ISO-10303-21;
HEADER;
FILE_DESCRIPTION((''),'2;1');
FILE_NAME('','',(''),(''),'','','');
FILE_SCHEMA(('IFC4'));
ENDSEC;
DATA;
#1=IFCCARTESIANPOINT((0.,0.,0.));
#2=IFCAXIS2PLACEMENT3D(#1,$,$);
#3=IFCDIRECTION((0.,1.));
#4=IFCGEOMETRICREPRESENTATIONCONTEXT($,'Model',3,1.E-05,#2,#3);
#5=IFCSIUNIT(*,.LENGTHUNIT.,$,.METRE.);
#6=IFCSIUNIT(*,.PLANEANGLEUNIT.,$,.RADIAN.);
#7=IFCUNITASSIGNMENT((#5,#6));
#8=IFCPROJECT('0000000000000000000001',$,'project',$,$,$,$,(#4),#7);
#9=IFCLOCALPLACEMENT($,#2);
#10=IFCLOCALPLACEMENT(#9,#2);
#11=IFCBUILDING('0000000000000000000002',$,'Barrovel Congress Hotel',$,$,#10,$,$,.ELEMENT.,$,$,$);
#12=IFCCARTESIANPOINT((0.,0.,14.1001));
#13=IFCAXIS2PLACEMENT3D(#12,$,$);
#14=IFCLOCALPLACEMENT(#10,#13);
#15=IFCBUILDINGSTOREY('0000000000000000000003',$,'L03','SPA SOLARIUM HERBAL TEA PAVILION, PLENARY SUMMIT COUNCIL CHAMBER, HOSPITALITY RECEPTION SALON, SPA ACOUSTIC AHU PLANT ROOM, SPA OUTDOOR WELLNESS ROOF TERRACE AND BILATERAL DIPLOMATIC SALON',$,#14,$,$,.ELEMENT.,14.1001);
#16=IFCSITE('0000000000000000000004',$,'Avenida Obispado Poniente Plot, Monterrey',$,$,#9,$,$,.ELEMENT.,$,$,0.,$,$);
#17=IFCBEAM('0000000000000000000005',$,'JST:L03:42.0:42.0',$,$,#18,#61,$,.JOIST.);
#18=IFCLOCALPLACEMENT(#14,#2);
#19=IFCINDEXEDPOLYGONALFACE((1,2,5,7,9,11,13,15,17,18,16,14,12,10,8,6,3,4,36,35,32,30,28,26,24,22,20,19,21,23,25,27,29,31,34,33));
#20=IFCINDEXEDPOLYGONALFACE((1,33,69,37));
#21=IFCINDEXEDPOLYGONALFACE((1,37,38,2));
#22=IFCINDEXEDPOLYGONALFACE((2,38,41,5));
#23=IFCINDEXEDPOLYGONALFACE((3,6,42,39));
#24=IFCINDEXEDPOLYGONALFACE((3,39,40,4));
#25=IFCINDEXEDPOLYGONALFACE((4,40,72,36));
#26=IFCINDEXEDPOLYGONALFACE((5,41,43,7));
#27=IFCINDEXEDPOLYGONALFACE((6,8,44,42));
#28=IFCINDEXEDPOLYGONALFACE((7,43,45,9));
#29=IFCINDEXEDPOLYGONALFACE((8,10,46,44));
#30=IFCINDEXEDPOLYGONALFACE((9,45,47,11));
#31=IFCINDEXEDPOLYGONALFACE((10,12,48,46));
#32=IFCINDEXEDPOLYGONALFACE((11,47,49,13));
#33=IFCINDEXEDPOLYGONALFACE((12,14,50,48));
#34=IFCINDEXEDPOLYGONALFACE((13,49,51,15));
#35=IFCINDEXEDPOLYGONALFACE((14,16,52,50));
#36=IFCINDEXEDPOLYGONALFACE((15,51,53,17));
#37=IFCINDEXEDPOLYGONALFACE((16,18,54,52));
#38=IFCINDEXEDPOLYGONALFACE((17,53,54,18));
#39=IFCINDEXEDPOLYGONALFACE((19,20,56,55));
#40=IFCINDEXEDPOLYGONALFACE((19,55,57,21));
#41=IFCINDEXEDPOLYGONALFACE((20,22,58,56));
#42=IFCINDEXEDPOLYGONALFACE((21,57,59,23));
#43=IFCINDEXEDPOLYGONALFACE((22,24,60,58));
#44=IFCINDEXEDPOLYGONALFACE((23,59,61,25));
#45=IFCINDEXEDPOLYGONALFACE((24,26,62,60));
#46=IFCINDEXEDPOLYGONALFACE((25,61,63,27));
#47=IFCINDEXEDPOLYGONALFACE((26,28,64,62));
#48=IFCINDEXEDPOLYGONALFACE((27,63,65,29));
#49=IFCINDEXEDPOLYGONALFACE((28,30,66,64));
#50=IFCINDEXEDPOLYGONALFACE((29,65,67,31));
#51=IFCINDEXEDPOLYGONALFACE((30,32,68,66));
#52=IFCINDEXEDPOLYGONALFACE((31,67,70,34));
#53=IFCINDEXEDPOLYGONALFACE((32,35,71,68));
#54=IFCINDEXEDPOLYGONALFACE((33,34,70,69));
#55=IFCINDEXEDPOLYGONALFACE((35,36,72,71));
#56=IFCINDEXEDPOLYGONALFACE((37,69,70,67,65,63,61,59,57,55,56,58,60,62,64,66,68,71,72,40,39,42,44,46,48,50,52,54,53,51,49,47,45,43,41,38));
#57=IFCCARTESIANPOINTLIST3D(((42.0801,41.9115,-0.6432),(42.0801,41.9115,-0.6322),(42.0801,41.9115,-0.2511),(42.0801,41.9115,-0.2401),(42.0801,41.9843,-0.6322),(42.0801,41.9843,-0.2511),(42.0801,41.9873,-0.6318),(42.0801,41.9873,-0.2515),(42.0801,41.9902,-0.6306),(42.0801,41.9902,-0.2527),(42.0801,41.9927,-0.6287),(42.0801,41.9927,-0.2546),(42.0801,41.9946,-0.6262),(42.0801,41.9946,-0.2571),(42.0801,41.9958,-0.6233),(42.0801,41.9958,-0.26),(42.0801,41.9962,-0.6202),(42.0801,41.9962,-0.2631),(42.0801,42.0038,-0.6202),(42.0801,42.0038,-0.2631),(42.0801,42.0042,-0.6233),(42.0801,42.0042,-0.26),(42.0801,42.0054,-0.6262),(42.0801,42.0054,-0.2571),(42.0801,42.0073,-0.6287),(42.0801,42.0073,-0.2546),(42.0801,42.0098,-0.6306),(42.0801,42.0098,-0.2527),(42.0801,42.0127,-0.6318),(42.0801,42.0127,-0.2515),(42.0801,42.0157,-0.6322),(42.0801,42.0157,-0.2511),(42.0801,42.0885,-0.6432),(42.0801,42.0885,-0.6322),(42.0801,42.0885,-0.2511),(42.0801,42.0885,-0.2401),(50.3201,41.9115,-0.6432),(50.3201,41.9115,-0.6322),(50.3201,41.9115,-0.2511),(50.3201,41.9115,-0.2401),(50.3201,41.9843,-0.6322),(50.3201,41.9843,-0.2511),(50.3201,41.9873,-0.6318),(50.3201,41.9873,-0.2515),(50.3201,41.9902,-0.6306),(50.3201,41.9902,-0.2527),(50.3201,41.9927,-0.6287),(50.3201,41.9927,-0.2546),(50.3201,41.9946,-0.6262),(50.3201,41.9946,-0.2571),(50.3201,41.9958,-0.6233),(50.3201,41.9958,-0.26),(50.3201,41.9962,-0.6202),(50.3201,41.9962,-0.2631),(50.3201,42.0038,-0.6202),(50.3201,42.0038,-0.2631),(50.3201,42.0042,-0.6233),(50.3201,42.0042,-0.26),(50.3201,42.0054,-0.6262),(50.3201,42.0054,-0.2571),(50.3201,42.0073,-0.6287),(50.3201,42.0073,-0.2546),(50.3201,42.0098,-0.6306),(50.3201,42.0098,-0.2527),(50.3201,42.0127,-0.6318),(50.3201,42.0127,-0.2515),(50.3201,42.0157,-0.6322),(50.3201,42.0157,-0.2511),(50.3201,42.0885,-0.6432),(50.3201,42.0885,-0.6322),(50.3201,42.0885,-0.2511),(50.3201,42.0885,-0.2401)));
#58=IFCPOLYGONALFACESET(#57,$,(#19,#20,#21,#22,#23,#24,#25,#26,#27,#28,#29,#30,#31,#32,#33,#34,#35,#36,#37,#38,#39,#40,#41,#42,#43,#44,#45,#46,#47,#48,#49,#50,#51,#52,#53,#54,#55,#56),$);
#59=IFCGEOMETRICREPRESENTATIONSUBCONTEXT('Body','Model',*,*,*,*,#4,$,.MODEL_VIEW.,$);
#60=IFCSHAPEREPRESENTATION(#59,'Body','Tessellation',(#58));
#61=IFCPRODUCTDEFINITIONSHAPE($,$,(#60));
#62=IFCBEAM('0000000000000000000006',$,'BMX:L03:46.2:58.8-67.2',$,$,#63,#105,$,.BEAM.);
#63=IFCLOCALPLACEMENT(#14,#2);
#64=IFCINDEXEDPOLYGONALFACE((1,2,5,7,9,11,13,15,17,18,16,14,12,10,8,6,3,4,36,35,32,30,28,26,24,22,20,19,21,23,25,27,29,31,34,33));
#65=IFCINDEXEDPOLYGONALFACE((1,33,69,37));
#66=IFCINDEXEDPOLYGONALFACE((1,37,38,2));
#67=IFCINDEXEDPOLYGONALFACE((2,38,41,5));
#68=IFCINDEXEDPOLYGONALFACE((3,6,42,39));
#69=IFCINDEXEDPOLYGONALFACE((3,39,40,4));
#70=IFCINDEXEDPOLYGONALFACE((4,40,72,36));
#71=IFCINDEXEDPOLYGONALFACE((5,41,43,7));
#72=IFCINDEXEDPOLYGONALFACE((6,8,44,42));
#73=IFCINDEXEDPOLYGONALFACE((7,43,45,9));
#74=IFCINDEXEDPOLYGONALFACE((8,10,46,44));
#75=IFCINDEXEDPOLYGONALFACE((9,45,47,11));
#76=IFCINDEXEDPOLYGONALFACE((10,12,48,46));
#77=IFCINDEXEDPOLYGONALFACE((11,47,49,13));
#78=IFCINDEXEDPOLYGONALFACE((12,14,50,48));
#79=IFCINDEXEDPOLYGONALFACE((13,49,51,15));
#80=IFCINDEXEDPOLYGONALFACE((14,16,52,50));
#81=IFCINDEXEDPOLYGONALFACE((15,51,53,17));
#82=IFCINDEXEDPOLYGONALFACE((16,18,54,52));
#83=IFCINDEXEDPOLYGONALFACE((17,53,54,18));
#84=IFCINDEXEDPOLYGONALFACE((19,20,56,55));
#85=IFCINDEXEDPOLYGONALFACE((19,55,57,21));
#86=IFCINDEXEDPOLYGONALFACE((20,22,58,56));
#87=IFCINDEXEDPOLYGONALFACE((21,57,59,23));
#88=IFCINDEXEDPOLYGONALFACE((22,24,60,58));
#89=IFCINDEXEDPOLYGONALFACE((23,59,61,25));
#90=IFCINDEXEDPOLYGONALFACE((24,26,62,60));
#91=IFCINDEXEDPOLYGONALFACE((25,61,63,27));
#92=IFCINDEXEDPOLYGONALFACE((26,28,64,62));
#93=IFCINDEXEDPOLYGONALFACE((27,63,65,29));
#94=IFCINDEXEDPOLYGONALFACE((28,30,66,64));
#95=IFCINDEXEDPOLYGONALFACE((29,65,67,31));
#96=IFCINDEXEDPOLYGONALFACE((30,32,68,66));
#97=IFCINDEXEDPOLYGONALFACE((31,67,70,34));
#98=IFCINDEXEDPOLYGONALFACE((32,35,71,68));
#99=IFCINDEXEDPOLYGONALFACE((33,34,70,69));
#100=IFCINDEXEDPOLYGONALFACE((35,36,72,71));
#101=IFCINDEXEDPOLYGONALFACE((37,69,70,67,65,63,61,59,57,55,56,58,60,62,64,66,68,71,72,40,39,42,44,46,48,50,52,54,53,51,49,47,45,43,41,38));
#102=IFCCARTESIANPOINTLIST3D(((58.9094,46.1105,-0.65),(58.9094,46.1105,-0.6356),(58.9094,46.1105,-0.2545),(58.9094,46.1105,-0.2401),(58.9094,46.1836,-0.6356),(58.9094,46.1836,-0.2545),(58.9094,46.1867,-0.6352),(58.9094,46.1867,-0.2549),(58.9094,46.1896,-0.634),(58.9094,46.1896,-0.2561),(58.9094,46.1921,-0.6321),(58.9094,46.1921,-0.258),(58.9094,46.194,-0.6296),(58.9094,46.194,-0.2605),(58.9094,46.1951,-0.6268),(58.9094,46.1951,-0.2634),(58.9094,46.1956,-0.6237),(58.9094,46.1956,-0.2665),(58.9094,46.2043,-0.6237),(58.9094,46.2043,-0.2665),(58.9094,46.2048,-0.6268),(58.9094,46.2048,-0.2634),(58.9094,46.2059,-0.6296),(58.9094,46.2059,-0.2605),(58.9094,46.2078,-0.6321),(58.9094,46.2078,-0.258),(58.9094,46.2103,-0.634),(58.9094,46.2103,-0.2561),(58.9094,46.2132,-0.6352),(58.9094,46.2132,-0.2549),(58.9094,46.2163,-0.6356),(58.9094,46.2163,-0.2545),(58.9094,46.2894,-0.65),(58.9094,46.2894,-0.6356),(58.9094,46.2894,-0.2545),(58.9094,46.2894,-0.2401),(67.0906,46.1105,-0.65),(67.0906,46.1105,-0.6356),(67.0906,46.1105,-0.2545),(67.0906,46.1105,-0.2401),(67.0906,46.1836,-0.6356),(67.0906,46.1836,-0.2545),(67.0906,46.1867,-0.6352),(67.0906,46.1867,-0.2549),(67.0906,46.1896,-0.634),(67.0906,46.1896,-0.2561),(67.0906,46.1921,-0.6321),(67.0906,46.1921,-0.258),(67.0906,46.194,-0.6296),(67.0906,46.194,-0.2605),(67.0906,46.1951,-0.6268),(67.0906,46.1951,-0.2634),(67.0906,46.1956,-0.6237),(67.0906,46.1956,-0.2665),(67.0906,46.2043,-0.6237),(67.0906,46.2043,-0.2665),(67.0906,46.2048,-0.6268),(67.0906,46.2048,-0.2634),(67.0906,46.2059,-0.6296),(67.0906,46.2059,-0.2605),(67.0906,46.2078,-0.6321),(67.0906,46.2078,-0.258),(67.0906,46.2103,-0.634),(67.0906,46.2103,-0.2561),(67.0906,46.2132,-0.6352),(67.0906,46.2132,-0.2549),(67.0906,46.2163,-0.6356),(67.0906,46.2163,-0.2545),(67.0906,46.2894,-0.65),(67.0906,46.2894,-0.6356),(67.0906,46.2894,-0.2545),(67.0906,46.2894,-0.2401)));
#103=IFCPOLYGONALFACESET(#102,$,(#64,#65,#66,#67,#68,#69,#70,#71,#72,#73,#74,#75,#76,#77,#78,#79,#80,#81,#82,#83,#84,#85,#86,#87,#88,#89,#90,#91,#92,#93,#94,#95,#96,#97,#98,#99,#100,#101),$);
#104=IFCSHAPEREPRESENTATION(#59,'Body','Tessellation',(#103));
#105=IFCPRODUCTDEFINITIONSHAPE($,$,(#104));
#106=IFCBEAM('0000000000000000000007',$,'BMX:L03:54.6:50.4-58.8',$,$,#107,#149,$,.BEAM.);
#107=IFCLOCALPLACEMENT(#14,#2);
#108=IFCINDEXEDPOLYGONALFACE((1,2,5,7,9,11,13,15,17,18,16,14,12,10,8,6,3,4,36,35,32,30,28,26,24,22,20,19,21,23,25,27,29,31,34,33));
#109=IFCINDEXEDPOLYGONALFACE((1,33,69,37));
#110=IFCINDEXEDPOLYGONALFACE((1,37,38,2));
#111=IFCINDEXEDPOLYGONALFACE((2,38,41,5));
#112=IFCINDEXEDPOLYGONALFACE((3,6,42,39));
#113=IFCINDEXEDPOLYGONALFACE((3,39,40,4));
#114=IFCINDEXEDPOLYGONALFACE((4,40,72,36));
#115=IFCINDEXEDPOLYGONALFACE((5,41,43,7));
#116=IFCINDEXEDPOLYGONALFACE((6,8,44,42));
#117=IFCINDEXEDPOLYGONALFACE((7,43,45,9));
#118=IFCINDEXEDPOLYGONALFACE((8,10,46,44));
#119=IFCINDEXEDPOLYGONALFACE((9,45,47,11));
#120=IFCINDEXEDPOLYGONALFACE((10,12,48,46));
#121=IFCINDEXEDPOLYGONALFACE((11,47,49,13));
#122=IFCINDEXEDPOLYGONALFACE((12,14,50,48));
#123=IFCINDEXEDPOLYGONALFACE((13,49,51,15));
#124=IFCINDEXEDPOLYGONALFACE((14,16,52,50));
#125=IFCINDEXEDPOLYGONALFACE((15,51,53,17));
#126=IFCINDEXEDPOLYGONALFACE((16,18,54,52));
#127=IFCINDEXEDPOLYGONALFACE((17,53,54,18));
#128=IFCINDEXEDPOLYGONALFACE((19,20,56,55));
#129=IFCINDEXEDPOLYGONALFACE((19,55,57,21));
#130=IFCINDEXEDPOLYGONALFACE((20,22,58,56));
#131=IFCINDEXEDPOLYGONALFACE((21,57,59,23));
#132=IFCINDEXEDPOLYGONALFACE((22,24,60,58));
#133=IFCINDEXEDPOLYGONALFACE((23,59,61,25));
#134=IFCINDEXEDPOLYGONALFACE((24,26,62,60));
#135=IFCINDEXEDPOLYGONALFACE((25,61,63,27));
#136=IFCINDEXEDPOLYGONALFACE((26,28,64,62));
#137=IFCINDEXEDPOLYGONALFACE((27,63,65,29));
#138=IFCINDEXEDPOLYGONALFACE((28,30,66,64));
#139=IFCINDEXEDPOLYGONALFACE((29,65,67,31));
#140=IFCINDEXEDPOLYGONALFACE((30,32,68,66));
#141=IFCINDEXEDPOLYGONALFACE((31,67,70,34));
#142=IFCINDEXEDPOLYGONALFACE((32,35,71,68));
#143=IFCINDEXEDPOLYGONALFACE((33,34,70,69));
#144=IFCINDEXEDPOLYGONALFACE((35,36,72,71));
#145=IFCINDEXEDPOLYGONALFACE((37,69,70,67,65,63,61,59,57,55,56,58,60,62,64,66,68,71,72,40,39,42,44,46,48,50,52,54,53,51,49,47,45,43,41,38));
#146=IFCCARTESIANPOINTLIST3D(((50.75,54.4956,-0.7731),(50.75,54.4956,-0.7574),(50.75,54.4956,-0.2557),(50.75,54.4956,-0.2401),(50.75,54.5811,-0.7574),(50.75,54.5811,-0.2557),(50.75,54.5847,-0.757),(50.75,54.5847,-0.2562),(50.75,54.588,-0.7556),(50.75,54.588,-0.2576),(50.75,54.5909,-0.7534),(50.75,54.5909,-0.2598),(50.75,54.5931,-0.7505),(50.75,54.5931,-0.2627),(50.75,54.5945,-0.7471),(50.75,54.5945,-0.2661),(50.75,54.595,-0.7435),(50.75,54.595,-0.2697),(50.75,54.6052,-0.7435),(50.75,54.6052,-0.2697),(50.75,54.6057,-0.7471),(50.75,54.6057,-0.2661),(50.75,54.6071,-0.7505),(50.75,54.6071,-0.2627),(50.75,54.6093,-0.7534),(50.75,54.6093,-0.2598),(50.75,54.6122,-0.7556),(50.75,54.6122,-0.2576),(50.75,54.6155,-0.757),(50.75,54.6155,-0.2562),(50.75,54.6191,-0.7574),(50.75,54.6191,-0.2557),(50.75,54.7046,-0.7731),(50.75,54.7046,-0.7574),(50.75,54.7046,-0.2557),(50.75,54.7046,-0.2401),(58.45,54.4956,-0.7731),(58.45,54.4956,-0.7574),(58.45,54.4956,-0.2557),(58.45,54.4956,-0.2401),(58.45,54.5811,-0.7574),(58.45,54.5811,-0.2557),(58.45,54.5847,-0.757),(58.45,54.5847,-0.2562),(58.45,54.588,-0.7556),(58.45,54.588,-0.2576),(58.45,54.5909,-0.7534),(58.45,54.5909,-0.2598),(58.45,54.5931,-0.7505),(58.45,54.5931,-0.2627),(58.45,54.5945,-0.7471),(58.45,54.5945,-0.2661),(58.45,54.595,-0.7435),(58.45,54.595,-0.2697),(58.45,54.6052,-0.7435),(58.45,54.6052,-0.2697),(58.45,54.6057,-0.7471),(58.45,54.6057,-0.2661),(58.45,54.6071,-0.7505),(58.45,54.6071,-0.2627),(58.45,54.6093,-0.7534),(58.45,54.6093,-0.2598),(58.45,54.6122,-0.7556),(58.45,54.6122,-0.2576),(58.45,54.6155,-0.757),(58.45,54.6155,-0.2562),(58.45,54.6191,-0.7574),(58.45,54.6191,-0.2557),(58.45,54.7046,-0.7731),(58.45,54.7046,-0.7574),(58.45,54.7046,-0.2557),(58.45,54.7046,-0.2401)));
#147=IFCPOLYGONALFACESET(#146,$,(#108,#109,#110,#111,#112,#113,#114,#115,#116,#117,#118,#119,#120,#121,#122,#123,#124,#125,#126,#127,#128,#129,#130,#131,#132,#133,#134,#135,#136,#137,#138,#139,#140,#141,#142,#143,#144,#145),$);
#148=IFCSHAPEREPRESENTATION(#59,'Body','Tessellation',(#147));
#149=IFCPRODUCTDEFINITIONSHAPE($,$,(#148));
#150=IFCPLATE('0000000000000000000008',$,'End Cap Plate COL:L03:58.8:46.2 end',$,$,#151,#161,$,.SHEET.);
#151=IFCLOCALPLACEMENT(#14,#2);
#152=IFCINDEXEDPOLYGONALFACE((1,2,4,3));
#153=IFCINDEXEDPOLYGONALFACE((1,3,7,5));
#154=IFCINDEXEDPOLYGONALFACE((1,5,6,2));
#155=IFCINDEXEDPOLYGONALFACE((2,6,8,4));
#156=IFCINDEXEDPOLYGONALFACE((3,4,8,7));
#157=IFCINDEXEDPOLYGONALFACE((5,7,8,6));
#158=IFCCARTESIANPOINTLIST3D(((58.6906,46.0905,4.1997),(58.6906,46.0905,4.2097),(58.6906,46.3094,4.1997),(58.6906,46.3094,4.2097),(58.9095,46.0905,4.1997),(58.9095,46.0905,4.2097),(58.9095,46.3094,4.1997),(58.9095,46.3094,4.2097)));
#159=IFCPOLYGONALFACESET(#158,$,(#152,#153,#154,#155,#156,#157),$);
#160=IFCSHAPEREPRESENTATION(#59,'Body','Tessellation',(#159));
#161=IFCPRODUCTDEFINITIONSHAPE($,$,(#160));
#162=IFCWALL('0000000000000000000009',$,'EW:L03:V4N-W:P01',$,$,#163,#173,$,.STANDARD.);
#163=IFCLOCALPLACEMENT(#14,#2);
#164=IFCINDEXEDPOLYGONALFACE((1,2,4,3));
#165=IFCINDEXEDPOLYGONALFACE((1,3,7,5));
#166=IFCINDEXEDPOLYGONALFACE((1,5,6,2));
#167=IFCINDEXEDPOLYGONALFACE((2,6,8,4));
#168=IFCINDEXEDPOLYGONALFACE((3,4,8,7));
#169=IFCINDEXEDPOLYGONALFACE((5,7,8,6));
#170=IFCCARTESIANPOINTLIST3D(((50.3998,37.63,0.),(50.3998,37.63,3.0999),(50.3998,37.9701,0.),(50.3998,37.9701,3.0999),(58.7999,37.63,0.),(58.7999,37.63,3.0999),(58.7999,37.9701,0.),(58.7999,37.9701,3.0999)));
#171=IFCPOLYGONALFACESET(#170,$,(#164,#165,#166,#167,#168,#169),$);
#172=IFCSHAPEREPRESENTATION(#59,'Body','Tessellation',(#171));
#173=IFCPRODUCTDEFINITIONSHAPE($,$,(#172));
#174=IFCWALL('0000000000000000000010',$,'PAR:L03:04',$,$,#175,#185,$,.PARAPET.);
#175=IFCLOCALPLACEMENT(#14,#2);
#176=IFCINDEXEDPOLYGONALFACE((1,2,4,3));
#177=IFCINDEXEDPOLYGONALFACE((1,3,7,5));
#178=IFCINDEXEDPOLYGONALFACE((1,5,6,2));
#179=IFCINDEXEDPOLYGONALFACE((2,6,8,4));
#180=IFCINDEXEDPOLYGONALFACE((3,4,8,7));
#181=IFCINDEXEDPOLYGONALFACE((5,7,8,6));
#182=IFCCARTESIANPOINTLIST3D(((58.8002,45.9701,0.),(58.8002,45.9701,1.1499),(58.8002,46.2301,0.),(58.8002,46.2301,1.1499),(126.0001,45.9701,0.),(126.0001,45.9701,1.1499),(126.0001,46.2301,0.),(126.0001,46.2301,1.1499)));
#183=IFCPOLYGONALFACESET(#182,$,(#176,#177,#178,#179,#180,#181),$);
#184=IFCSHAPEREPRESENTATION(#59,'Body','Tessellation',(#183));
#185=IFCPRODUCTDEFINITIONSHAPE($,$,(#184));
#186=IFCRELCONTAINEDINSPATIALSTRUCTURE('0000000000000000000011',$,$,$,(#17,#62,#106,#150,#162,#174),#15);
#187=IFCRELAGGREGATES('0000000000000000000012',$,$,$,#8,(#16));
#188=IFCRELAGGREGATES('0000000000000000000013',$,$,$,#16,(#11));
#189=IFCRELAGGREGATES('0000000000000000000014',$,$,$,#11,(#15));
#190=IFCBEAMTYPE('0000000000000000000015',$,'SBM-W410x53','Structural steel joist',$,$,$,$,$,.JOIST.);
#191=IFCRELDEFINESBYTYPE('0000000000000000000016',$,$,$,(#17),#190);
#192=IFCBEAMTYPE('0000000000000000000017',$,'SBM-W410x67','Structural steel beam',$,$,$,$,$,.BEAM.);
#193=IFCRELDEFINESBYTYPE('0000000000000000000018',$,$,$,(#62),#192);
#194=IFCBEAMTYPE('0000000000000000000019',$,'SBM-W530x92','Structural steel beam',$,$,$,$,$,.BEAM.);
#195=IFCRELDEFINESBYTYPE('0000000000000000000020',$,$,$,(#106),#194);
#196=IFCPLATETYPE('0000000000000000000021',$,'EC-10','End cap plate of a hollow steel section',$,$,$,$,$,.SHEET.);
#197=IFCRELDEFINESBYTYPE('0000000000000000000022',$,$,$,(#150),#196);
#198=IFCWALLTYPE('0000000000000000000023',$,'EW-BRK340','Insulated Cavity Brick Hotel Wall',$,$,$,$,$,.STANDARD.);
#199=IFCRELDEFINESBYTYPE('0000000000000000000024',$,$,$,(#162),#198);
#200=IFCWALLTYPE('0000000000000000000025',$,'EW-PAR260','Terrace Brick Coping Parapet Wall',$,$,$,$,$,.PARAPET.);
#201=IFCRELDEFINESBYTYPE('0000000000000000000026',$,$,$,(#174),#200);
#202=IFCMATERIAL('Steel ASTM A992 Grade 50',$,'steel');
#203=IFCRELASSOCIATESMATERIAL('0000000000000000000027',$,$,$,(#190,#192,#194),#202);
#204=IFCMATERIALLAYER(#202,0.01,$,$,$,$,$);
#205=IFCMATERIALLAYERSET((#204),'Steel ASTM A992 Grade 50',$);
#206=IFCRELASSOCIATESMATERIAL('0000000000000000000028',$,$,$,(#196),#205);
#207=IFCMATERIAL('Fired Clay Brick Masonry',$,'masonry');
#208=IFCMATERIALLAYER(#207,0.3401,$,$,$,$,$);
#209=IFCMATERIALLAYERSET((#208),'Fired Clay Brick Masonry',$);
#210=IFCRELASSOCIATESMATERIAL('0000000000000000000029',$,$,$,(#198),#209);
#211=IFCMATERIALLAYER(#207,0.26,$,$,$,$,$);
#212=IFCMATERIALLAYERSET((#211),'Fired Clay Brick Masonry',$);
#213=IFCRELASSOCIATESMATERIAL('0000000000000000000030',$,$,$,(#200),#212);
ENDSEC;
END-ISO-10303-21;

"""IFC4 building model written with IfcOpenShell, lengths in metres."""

from ifc_helpers import new_model, si_unit, direction, frame, frame_2d, origin, origin_2d, place, context, subcontext, project, spatial, rectangle, i_section, extrude, material, layer, layer_set, material_profile, profile_set, type_object, element, save


model = new_model("IFC4")

# Units and contexts
model_context = context("Model", 3, precision=1e-05, world=origin(), true_north=direction((0.0, 1.0)))
body_context = subcontext(model_context, "Body", "Model", "MODEL_VIEW")
ifc_project = project(units=[si_unit("LENGTHUNIT", "METRE"), si_unit("PLANEANGLEUNIT", "RADIAN")], contexts=[model_context])

# Site, building, storey
site_placement = place(None, origin())
site = spatial("IfcSite", under=ifc_project, at=site_placement, Name="Avenida Obispado Poniente Plot, Monterrey", CompositionType="ELEMENT", RefElevation=0.0)
building_placement = place(site_placement, origin())
building = spatial("IfcBuilding", under=site, at=building_placement, Name="Barrovel Congress Hotel", CompositionType="ELEMENT")
storey_placement = place(building_placement, frame((0.0, 0.0, 14.1001)))
storey = spatial("IfcBuildingStorey", under=building, at=storey_placement, Name="L03", Description="SPA SOLARIUM HERBAL TEA PAVILION, PLENARY SUMMIT COUNCIL CHAMBER, HOSPITALITY RECEPTION SALON, SPA ACOUSTIC AHU PLANT ROOM, SPA OUTDOOR WELLNESS ROOF TERRACE AND BILATERAL DIPLOMATIC SALON", CompositionType="ELEMENT", Elevation=14.1001)

# Beams
ifc_material_1 = material(Name="Steel ASTM A992 Grade 50", Category="steel")
ifc_material_profile_1 = material_profile(ifc_material_1, i_section(OverallWidth=0.177, OverallDepth=0.4031, WebThickness=0.0076, FlangeThickness=0.011, FilletRadius=0.012, at=origin_2d()), Name="W410x53")
ifc_profile_set_1 = profile_set([ifc_material_profile_1], Name="Steel ASTM A992 Grade 50")
beam_type_1 = type_object("IfcBeamType", Name="SBM-W410x53", Description="Structural steel joist", PredefinedType="JOIST", material=ifc_profile_set_1)
beam_1_placement = place(storey_placement, frame((42.0801, 42.0, -0.4417), z_axis=(1.0, 0.0, 0.0), x_axis=(0.0, 1.0, 0.0)))
element("IfcBeam", 1, at=beam_1_placement, inside=storey, type_object=beam_type_1, Name="JST:L03:42.0:42.0", PredefinedType="JOIST", context=body_context, shape_type="SweptSolid", body=[
    extrude(i_section(OverallWidth=0.177, OverallDepth=0.4031, WebThickness=0.0076, FlangeThickness=0.011, FilletRadius=0.012, at=origin_2d()), origin(), (0.0, 0.0, 1.0), 8.24),
])
ifc_material_profile_2 = material_profile(ifc_material_1, i_section(OverallWidth=0.179, OverallDepth=0.4099, WebThickness=0.0088, FlangeThickness=0.0144, FilletRadius=0.012, at=origin_2d()), Name="W410x67")
ifc_profile_set_2 = profile_set([ifc_material_profile_2], Name="Steel ASTM A992 Grade 50")
beam_type_2 = type_object("IfcBeamType", Name="SBM-W410x67", Description="Structural steel beam", PredefinedType="BEAM", material=ifc_profile_set_2)
beam_2_placement = place(storey_placement, frame((58.9094, 46.2, -0.4451), z_axis=(1.0, 0.0, 0.0), x_axis=(0.0, 1.0, 0.0)))
element("IfcBeam", 2, at=beam_2_placement, inside=storey, type_object=beam_type_2, Name="BMX:L03:46.2:58.8-67.2", PredefinedType="BEAM", context=body_context, shape_type="SweptSolid", body=[
    extrude(i_section(OverallWidth=0.179, OverallDepth=0.4099, WebThickness=0.0088, FlangeThickness=0.0144, FilletRadius=0.012, at=origin_2d()), origin(), (0.0, 0.0, 1.0), 8.1812),
])
ifc_material_profile_3 = material_profile(ifc_material_1, i_section(OverallWidth=0.209, OverallDepth=0.533, WebThickness=0.0103, FlangeThickness=0.0156, FilletRadius=0.0139, at=origin_2d()), Name="W530x92")
ifc_profile_set_3 = profile_set([ifc_material_profile_3], Name="Steel ASTM A992 Grade 50")
beam_type_3 = type_object("IfcBeamType", Name="SBM-W530x92", Description="Structural steel beam", PredefinedType="BEAM", material=ifc_profile_set_3)
beam_3_placement = place(storey_placement, frame((50.75, 54.6001, -0.5066), z_axis=(1.0, 0.0, 0.0), x_axis=(0.0, 1.0, 0.0)))
element("IfcBeam", 3, at=beam_3_placement, inside=storey, type_object=beam_type_3, Name="BMX:L03:54.6:50.4-58.8", PredefinedType="BEAM", context=body_context, shape_type="SweptSolid", body=[
    extrude(i_section(OverallWidth=0.209, OverallDepth=0.533, WebThickness=0.0103, FlangeThickness=0.0156, FilletRadius=0.0139, at=origin_2d()), origin(), (0.0, 0.0, 1.0), 7.7),
])

# Plate
ifc_layer_1 = layer(ifc_material_1, 0.01)
ifc_layer_set_1 = layer_set([ifc_layer_1], Name="Steel ASTM A992 Grade 50")
plate_type = type_object("IfcPlateType", Name="EC-10", Description="End cap plate of a hollow steel section", PredefinedType="SHEET", material=ifc_layer_set_1)
plate_placement = place(storey_placement, frame((58.8, 46.2, 4.1997), z_axis=(0.0, 0.0, 1.0), x_axis=(1.0, 0.0, 0.0)))
element("IfcPlate", 4, at=plate_placement, inside=storey, type_object=plate_type, Name="End Cap Plate COL:L03:58.8:46.2 end", PredefinedType="SHEET", context=body_context, shape_type="SweptSolid", body=[
    extrude(rectangle(XDim=0.219, YDim=0.219, at=origin_2d()), origin(), (0.0, 0.0, 1.0), 0.01),
])

# Walls
ifc_material_2 = material(Name="Fired Clay Brick Masonry", Category="masonry")
ifc_layer_2 = layer(ifc_material_2, 0.3401)
ifc_layer_set_2 = layer_set([ifc_layer_2], Name="Fired Clay Brick Masonry")
wall_type_1 = type_object("IfcWallType", Name="EW-BRK340", Description="Insulated Cavity Brick Hotel Wall", PredefinedType="STANDARD", material=ifc_layer_set_2)
wall_1_placement = place(storey_placement, frame((58.8, 37.8, 0.0), z_axis=(0.0, 0.0, 1.0), x_axis=(-1.0, 0.0, 0.0)))
element("IfcWall", 5, at=wall_1_placement, inside=storey, type_object=wall_type_1, Name="EW:L03:V4N-W:P01", PredefinedType="STANDARD", context=body_context, shape_type="SweptSolid", body=[
    extrude(rectangle(XDim=8.4001, YDim=0.3401, at=frame_2d((4.2002, 0.0))), origin(), (0.0, 0.0, 1.0), 3.0999),
])
ifc_layer_3 = layer(ifc_material_2, 0.26)
ifc_layer_set_3 = layer_set([ifc_layer_3], Name="Fired Clay Brick Masonry")
wall_type_2 = type_object("IfcWallType", Name="EW-PAR260", Description="Terrace Brick Coping Parapet Wall", PredefinedType="PARAPET", material=ifc_layer_set_3)
wall_2_placement = place(storey_placement, frame((58.8, 46.1001, 0.0), z_axis=(0.0, 0.0, 1.0), x_axis=(1.0, 0.0, 0.0)))
element("IfcWall", 6, at=wall_2_placement, inside=storey, type_object=wall_type_2, Name="PAR:L03:04", PredefinedType="PARAPET", context=body_context, shape_type="SweptSolid", body=[
    extrude(rectangle(XDim=67.2, YDim=0.26, at=frame_2d((33.6001, 0.0))), origin(), (0.0, 0.0, 1.0), 1.1499),
])

save(model, "model.ifc")
